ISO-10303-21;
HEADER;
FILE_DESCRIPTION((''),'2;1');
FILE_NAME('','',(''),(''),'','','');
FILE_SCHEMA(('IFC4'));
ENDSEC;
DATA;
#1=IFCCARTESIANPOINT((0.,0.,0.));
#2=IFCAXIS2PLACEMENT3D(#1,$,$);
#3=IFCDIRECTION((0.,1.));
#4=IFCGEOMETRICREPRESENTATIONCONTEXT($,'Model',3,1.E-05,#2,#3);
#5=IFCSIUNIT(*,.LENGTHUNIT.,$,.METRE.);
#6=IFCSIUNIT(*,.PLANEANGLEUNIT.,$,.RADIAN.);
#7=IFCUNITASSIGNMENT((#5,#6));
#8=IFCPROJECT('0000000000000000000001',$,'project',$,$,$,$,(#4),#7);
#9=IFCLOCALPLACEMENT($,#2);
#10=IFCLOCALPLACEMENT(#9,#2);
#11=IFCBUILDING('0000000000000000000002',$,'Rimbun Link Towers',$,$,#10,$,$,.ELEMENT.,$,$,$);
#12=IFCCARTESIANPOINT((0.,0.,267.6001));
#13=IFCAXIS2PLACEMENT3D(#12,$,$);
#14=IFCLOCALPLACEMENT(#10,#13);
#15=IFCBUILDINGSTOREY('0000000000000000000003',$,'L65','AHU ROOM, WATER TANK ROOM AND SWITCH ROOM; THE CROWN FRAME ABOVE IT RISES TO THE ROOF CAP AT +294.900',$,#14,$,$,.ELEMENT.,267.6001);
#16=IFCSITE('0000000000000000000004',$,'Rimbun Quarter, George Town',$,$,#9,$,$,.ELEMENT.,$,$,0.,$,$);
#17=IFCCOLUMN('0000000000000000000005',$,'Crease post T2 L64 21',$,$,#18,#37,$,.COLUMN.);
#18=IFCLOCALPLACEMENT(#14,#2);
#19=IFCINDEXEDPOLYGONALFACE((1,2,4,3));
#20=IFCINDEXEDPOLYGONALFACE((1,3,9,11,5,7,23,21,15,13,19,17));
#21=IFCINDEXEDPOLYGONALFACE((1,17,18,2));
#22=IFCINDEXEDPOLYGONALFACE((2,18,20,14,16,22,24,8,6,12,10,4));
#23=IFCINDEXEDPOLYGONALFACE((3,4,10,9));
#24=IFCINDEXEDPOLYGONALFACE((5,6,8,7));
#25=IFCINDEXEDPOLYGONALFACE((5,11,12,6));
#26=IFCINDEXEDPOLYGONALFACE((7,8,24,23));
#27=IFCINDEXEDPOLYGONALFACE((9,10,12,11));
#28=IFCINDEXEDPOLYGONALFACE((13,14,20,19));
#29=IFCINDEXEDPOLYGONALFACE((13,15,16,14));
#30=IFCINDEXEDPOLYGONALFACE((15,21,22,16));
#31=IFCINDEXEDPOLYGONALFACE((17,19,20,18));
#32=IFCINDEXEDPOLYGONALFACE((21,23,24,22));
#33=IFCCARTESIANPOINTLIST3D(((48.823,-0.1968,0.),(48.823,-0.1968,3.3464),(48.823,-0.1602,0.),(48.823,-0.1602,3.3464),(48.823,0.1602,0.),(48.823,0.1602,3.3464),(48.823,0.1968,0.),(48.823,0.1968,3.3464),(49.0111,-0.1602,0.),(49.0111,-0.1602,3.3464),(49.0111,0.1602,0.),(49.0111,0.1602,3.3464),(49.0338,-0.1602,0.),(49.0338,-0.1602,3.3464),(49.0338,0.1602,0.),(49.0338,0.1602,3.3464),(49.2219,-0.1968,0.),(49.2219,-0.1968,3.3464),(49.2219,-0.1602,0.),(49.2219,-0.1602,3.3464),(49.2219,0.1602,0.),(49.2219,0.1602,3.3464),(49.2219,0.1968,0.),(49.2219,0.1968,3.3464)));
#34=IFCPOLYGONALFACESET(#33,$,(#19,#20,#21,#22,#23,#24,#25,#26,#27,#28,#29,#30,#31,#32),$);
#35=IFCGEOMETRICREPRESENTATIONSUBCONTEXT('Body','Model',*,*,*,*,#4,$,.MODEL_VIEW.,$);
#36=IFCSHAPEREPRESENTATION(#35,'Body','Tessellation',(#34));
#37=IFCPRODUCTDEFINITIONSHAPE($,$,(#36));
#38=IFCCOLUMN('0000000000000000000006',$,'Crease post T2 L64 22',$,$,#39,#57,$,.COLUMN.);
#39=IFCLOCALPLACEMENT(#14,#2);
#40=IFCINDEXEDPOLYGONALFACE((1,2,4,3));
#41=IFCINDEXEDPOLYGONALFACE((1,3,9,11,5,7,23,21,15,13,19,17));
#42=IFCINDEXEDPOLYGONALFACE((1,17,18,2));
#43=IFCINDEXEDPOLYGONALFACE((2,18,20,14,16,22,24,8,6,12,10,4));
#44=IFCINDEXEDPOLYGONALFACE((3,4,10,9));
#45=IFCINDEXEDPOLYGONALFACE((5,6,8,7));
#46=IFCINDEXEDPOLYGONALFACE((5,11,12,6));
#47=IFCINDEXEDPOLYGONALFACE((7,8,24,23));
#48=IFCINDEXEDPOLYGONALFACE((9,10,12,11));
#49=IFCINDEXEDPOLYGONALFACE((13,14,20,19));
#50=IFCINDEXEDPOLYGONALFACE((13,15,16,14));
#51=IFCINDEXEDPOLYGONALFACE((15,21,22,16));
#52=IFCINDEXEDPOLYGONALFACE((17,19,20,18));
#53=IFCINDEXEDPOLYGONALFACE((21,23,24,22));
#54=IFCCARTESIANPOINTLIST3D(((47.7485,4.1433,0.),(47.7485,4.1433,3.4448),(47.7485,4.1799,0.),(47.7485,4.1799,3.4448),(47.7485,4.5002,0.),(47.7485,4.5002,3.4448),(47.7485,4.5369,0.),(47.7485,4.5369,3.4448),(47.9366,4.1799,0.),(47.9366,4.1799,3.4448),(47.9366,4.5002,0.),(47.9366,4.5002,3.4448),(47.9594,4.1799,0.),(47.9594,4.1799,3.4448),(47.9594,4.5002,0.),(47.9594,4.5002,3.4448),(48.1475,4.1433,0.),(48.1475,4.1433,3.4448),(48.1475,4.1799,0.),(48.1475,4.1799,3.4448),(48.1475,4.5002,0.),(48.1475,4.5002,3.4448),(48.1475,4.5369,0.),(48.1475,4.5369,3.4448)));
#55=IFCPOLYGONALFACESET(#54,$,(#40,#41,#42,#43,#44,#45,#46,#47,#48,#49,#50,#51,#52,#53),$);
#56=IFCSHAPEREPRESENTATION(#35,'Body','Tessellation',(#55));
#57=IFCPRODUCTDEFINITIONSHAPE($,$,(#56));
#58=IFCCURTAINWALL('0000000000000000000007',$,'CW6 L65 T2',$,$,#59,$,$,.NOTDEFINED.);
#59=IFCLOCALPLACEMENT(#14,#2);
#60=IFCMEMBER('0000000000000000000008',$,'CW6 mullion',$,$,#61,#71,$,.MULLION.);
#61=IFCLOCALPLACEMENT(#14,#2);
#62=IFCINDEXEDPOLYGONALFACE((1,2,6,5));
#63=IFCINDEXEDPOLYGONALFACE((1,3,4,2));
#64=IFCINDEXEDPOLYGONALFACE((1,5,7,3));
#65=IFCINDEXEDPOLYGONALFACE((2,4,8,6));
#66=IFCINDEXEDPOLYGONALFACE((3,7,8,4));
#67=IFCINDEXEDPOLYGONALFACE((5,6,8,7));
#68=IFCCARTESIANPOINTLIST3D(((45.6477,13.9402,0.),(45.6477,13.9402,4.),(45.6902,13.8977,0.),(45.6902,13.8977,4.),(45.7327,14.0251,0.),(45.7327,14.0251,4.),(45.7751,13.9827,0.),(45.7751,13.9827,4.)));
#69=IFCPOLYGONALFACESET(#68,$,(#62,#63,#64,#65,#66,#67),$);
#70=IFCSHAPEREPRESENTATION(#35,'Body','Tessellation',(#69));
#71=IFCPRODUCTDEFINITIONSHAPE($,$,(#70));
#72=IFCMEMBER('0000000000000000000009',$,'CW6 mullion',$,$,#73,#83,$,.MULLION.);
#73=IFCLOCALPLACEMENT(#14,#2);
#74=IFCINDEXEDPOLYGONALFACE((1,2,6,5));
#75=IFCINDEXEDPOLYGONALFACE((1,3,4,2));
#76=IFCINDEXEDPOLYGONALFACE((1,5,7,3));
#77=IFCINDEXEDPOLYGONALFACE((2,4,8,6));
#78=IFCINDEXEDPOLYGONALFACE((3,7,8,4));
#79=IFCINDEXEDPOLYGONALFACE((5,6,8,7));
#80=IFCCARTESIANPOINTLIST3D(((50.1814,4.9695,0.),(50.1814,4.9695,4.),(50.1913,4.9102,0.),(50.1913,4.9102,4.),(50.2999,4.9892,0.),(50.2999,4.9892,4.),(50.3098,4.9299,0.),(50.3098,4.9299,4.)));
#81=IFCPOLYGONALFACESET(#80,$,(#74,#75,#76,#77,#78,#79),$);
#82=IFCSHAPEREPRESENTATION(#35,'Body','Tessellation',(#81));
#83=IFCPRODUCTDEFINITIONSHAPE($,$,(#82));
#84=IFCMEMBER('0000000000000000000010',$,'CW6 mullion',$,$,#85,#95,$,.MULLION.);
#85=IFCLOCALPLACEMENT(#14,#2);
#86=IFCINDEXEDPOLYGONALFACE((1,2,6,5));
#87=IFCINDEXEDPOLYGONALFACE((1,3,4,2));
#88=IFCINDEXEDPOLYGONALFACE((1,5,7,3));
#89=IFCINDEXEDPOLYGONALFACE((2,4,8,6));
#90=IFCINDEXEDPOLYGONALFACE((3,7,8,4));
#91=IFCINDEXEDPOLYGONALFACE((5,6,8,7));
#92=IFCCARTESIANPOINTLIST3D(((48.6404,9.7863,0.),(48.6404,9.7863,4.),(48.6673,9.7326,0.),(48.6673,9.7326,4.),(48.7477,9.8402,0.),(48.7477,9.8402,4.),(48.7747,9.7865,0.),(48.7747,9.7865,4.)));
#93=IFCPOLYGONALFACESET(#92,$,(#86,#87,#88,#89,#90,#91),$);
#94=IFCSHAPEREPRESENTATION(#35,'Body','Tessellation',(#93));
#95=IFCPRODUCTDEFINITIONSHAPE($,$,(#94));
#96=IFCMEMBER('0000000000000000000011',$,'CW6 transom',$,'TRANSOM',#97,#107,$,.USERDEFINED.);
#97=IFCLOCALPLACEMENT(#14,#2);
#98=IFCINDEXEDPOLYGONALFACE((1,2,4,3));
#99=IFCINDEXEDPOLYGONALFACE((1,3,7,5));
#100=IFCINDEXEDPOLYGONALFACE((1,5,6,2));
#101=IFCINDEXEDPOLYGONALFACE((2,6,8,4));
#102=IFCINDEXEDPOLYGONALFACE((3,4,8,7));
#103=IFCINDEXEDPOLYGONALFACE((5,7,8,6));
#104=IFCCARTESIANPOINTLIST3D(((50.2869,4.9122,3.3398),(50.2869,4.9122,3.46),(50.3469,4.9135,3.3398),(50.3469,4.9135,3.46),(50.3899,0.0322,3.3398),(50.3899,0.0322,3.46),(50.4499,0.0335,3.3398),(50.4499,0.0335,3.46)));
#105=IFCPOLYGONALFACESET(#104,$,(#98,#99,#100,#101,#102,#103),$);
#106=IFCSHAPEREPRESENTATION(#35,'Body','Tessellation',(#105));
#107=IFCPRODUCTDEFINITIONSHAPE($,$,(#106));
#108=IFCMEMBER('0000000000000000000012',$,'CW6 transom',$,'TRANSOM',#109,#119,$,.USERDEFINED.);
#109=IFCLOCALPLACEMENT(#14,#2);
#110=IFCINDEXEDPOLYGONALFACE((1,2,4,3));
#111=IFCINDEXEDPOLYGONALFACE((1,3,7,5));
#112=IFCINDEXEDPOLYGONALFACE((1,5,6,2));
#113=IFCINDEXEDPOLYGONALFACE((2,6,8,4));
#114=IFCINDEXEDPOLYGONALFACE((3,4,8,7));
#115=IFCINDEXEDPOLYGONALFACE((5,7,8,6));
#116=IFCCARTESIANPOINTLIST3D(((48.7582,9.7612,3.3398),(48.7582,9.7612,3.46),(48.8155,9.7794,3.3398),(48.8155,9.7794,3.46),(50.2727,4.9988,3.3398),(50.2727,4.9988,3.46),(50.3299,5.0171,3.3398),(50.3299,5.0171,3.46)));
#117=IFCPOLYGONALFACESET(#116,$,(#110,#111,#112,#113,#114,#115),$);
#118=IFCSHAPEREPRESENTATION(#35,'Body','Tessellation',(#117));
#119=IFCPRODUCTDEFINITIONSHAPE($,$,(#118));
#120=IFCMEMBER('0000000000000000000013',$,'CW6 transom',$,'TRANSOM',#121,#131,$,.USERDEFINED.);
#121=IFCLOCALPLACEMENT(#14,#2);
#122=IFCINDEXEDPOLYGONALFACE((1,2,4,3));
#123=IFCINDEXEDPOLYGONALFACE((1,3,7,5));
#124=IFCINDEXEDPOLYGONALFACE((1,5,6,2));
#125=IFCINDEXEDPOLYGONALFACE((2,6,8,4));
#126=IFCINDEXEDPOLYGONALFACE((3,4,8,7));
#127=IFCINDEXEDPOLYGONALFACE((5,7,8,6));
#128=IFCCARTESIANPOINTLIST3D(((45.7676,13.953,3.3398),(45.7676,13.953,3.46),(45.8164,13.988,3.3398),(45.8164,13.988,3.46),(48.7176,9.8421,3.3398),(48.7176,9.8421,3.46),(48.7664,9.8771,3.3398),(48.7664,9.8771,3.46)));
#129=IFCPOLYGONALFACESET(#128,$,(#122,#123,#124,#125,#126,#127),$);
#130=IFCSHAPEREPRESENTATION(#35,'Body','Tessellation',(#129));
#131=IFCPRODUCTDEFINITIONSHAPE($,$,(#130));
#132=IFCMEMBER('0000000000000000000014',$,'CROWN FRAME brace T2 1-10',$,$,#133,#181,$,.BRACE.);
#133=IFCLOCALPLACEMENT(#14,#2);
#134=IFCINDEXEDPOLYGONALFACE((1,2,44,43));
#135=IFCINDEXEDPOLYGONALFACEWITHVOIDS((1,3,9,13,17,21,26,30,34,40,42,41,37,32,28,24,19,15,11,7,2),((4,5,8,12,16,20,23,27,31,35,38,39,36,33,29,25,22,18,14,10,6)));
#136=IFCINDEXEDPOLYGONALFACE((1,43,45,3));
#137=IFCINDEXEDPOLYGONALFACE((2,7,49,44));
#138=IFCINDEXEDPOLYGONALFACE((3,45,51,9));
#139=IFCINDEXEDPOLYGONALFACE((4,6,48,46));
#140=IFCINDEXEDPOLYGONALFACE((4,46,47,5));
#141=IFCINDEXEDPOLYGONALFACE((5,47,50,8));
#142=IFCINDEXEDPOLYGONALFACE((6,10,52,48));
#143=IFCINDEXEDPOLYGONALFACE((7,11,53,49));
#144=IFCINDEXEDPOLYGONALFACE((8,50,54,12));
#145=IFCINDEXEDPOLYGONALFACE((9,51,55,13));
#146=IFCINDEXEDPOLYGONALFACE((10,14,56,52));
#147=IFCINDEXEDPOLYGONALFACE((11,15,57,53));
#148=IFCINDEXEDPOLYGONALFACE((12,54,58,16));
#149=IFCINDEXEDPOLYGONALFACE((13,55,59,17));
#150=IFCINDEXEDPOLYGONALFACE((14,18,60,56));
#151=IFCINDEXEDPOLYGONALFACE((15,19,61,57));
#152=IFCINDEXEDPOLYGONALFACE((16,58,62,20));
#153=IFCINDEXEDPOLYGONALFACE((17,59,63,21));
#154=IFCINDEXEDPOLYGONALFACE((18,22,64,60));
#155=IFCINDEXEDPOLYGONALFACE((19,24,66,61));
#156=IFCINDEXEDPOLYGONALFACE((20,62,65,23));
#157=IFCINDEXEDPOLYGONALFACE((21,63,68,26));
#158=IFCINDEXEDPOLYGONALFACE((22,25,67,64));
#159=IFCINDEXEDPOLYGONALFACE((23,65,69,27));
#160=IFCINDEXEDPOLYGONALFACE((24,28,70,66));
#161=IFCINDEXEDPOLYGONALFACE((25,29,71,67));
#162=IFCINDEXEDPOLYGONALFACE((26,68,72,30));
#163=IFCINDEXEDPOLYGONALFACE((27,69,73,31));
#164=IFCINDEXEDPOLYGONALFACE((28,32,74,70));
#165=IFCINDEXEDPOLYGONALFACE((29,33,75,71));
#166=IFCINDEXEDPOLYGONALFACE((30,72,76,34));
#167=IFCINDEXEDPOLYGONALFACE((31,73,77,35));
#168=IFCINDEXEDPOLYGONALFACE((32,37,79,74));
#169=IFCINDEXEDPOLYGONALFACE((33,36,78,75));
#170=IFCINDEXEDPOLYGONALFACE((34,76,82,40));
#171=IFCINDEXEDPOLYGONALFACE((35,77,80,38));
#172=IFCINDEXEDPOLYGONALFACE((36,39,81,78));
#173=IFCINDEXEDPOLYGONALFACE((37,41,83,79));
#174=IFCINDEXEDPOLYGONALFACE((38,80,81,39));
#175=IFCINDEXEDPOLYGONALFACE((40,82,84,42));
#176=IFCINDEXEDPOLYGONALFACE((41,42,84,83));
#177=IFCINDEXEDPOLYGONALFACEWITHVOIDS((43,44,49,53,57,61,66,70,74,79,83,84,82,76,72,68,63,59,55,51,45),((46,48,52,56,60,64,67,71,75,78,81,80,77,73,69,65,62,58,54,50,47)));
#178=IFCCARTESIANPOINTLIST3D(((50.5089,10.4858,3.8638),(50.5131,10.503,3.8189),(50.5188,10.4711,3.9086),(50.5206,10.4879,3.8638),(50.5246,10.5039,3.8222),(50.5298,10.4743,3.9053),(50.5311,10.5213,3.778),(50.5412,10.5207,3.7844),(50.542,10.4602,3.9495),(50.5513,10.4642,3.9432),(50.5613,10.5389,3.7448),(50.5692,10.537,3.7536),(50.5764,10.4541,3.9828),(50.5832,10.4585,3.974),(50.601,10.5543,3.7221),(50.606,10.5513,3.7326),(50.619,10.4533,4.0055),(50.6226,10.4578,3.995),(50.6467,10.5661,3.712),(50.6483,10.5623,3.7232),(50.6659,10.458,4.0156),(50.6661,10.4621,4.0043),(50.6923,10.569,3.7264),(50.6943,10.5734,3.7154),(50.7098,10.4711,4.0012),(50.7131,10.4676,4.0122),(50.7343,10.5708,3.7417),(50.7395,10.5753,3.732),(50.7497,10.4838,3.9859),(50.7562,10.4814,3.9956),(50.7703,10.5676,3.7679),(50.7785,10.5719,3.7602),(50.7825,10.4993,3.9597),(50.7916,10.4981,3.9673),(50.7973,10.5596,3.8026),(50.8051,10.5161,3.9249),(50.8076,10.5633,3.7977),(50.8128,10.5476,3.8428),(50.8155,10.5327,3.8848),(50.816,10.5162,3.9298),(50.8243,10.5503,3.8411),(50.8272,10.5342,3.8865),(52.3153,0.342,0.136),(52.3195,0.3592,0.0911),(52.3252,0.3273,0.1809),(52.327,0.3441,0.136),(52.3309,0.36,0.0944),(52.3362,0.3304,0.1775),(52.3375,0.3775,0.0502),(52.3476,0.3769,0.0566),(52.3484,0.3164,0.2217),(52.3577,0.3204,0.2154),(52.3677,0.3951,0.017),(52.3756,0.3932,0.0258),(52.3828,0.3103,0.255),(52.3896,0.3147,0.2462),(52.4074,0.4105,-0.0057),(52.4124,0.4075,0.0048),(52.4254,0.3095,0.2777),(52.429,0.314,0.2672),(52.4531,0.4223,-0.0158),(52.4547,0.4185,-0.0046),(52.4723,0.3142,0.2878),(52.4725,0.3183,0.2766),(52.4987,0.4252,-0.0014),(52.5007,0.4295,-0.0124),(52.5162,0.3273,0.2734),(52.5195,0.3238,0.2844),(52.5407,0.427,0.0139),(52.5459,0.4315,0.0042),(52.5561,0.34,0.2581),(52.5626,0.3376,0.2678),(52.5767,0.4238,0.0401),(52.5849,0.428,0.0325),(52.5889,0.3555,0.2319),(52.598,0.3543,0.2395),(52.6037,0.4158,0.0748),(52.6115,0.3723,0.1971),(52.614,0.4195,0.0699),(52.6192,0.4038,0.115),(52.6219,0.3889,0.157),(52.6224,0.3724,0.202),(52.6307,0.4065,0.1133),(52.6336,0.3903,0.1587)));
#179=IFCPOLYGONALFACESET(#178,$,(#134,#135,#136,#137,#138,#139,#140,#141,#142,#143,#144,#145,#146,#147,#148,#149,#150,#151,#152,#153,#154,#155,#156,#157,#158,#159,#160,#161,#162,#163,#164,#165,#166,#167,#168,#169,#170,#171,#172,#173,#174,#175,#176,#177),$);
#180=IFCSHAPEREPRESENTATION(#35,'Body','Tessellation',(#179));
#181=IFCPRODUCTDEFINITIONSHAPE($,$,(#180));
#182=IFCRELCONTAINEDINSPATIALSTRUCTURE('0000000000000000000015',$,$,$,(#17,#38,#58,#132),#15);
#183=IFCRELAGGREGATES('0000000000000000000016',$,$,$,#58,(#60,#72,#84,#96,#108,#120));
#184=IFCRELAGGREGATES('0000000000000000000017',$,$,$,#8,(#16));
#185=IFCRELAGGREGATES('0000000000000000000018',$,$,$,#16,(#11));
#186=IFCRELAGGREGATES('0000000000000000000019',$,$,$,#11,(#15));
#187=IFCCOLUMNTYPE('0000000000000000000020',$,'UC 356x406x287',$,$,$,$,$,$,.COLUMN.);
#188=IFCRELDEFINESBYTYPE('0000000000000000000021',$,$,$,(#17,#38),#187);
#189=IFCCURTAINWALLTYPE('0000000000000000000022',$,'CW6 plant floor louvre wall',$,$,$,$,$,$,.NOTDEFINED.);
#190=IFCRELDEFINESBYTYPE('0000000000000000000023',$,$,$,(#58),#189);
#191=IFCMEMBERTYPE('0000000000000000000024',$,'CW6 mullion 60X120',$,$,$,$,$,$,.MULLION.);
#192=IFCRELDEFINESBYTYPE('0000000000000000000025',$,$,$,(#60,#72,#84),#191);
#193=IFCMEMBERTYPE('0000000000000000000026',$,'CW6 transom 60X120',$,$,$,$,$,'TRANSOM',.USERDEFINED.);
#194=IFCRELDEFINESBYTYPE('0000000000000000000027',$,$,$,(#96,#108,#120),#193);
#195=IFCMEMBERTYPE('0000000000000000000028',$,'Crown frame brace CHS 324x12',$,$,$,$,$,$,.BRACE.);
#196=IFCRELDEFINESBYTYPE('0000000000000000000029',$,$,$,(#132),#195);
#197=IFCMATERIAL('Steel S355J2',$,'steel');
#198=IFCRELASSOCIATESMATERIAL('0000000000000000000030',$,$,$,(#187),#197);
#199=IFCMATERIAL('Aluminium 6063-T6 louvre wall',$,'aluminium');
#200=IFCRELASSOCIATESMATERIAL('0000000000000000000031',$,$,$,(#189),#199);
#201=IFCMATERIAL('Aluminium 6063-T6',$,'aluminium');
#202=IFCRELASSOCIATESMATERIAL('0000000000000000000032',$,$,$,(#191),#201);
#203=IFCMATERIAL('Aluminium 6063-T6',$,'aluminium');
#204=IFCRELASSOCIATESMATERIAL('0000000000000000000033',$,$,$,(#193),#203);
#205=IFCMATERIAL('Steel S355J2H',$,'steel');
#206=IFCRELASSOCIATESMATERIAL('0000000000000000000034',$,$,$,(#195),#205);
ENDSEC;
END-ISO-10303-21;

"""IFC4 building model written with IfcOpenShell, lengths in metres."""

from ifc_helpers import new_model, si_unit, direction, frame, origin, origin_2d, place, context, subcontext, project, spatial, rectangle, hollow_circle, i_section, extrude, material, material_profile, profile_set, type_object, element, aggregate, save


model = new_model("IFC4")

# Units and contexts
model_context = context("Model", 3, precision=1e-05, world=origin(), true_north=direction((0.0, 1.0)))
body_context = subcontext(model_context, "Body", "Model", "MODEL_VIEW")
ifc_project = project(units=[si_unit("LENGTHUNIT", "METRE"), si_unit("PLANEANGLEUNIT", "RADIAN")], contexts=[model_context])

# Site, building, storey
site_placement = place(None, origin())
site = spatial("IfcSite", under=ifc_project, at=site_placement, Name="Rimbun Quarter, George Town", CompositionType="ELEMENT", RefElevation=0.0)
building_placement = place(site_placement, origin())
building = spatial("IfcBuilding", under=site, at=building_placement, Name="Rimbun Link Towers", CompositionType="ELEMENT")
storey_placement = place(building_placement, frame((0.0, 0.0, 267.6001)))
storey = spatial("IfcBuildingStorey", under=building, at=storey_placement, Name="L65", Description="AHU ROOM, WATER TANK ROOM AND SWITCH ROOM; THE CROWN FRAME ABOVE IT RISES TO THE ROOF CAP AT +294.900", CompositionType="ELEMENT", Elevation=267.6001)

# Columns
ifc_material_1 = material(Name="Steel S355J2", Category="steel")
ifc_material_profile_1 = material_profile(ifc_material_1, i_section(OverallWidth=0.3989, OverallDepth=0.3936, WebThickness=0.0227, FlangeThickness=0.0366, at=origin_2d()), Name="UC 356x406x287")
ifc_profile_set_1 = profile_set([ifc_material_profile_1], Name="Steel S355J2")
column_type = type_object("IfcColumnType", Name="UC 356x406x287", PredefinedType="COLUMN", material=ifc_profile_set_1)
column_1_placement = place(storey_placement, frame((49.0225, 0.0, 0.0), z_axis=(0.0, 0.0, 1.0), x_axis=(1.0, 0.0, 0.0)))
element("IfcColumn", 1, at=column_1_placement, inside=storey, type_object=column_type, Name="Crease post T2 L64 21", PredefinedType="COLUMN", context=body_context, shape_type="SweptSolid", body=[
    extrude(i_section(OverallWidth=0.3989, OverallDepth=0.3936, WebThickness=0.0227, FlangeThickness=0.0366, at=origin_2d()), origin(), (0.0, 0.0, 1.0), 3.3464),
])
column_2_placement = place(storey_placement, frame((47.948, 4.3401, 0.0), z_axis=(0.0, 0.0, 1.0), x_axis=(1.0, 0.0, 0.0)))
element("IfcColumn", 2, at=column_2_placement, inside=storey, type_object=column_type, Name="Crease post T2 L64 22", PredefinedType="COLUMN", context=body_context, shape_type="SweptSolid", body=[
    extrude(i_section(OverallWidth=0.3989, OverallDepth=0.3936, WebThickness=0.0227, FlangeThickness=0.0366, at=origin_2d()), origin(), (0.0, 0.0, 1.0), 3.4448),
])

# Curtain wall, members
ifc_material_2 = material(Name="Aluminium 6063-T6 louvre wall", Category="aluminium")
curtain_wall_type = type_object("IfcCurtainWallType", Name="CW6 plant floor louvre wall", PredefinedType="NOTDEFINED", material=ifc_material_2)
curtain_wall_placement = place(storey_placement, origin())
curtain_wall = element("IfcCurtainWall", 3, at=curtain_wall_placement, inside=storey, type_object=curtain_wall_type, Name="CW6 L65 T2", PredefinedType="NOTDEFINED")
ifc_material_3 = material(Name="Aluminium 6063-T6", Category="aluminium")
ifc_material_profile_2 = material_profile(ifc_material_3, rectangle(XDim=0.1201, YDim=0.0601, at=origin_2d()), Name="MULLION 60X120")
ifc_profile_set_2 = profile_set([ifc_material_profile_2], Name="Aluminium 6063-T6")
member_type_1 = type_object("IfcMemberType", Name="CW6 mullion 60X120", PredefinedType="MULLION", material=ifc_profile_set_2)
member_1_placement = place(storey_placement, frame((45.7114, 13.9614, 0.0), z_axis=(0.0, 0.0, 1.0), x_axis=(0.707107, 0.707107, 0.0)))
member_1 = element("IfcMember", 4, at=member_1_placement, type_object=member_type_1, Name="CW6 mullion", PredefinedType="MULLION", context=body_context, shape_type="SweptSolid", body=[
    extrude(rectangle(XDim=0.1201, YDim=0.0601, at=origin_2d()), origin(), (0.0, 0.0, 1.0), 4.0),
])
member_2_placement = place(storey_placement, frame((50.2456, 4.9497, 0.0), z_axis=(0.0, 0.0, 1.0), x_axis=(0.986503, 0.163741, 0.0)))
member_2 = element("IfcMember", 5, at=member_2_placement, type_object=member_type_1, Name="CW6 mullion", PredefinedType="MULLION", context=body_context, shape_type="SweptSolid", body=[
    extrude(rectangle(XDim=0.1201, YDim=0.0601, at=origin_2d()), origin(), (0.0, 0.0, 1.0), 4.0),
])
member_3_placement = place(storey_placement, frame((48.7075, 9.7864, 0.0), z_axis=(0.0, 0.0, 1.0), x_axis=(0.893751, 0.448563, 0.0)))
member_3 = element("IfcMember", 6, at=member_3_placement, type_object=member_type_1, Name="CW6 mullion", PredefinedType="MULLION", context=body_context, shape_type="SweptSolid", body=[
    extrude(rectangle(XDim=0.1201, YDim=0.0601, at=origin_2d()), origin(), (0.0, 0.0, 1.0), 4.0),
])
ifc_material_4 = material(Name="Aluminium 6063-T6", Category="aluminium")
ifc_material_profile_3 = material_profile(ifc_material_4, rectangle(XDim=0.0601, YDim=0.1201, at=origin_2d()), Name="TRANSOM 60X120")
ifc_profile_set_3 = profile_set([ifc_material_profile_3], Name="Aluminium 6063-T6")
member_type_2 = type_object("IfcMemberType", Name="CW6 transom 60X120", ElementType="TRANSOM", PredefinedType="USERDEFINED", material=ifc_profile_set_3)
member_4_placement = place(storey_placement, frame((50.3169, 4.9128, 3.3999), z_axis=(0.021107, -0.999777, 0.0), x_axis=(0.999777, 0.021107, 0.0)))
member_4 = element("IfcMember", 7, at=member_4_placement, type_object=member_type_2, Name="CW6 transom", ObjectType="TRANSOM", PredefinedType="USERDEFINED", context=body_context, shape_type="SweptSolid", body=[
    extrude(rectangle(XDim=0.0601, YDim=0.1201, at=origin_2d()), origin(), (0.0, 0.0, 1.0), 4.8811),
])
member_5_placement = place(storey_placement, frame((48.7869, 9.7703, 3.3999), z_axis=(0.30305, -0.952975, 0.0), x_axis=(0.952975, 0.30305, 0.0)))
member_5 = element("IfcMember", 8, at=member_5_placement, type_object=member_type_2, Name="CW6 transom", ObjectType="TRANSOM", PredefinedType="USERDEFINED", context=body_context, shape_type="SweptSolid", body=[
    extrude(rectangle(XDim=0.0601, YDim=0.1201, at=origin_2d()), origin(), (0.0, 0.0, 1.0), 4.9973),
])
member_6_placement = place(storey_placement, frame((45.792, 13.9705, 3.3999), z_axis=(0.583021, -0.812457, 0.0), x_axis=(0.812457, 0.583021, 0.0)))
member_6 = element("IfcMember", 9, at=member_6_placement, type_object=member_type_2, Name="CW6 transom", ObjectType="TRANSOM", PredefinedType="USERDEFINED", context=body_context, shape_type="SweptSolid", body=[
    extrude(rectangle(XDim=0.0601, YDim=0.1201, at=origin_2d()), origin(), (0.0, 0.0, 1.0), 5.0598),
])

# Member
ifc_material_5 = material(Name="Steel S355J2H", Category="steel")
ifc_material_profile_4 = material_profile(ifc_material_5, hollow_circle(Radius=0.1619, WallThickness=0.012, at=origin_2d()), Name="Crown frame brace CHS 324x12")
ifc_profile_set_4 = profile_set([ifc_material_profile_4], Name="Steel S355J2H")
member_type_3 = type_object("IfcMemberType", Name="Crown frame brace CHS 324x12", PredefinedType="BRACE", material=ifc_profile_set_4)
member_7_placement = place(storey_placement, frame((52.4746, 0.3704, 0.136), z_axis=(-0.164862, 0.925782, 0.340219), x_axis=(-0.984511, -0.175321, 0.0)))
element("IfcMember", 10, at=member_7_placement, inside=storey, type_object=member_type_3, Name="CROWN FRAME brace T2 1-10", PredefinedType="BRACE", context=body_context, shape_type="SweptSolid", body=[
    extrude(hollow_circle(Radius=0.1619, WallThickness=0.012, at=origin_2d()), origin(), (0.0, 0.0, 1.0), 10.957),
])

aggregate(curtain_wall, [member_1, member_2, member_3, member_4, member_5, member_6])

save(model, "model.ifc")
